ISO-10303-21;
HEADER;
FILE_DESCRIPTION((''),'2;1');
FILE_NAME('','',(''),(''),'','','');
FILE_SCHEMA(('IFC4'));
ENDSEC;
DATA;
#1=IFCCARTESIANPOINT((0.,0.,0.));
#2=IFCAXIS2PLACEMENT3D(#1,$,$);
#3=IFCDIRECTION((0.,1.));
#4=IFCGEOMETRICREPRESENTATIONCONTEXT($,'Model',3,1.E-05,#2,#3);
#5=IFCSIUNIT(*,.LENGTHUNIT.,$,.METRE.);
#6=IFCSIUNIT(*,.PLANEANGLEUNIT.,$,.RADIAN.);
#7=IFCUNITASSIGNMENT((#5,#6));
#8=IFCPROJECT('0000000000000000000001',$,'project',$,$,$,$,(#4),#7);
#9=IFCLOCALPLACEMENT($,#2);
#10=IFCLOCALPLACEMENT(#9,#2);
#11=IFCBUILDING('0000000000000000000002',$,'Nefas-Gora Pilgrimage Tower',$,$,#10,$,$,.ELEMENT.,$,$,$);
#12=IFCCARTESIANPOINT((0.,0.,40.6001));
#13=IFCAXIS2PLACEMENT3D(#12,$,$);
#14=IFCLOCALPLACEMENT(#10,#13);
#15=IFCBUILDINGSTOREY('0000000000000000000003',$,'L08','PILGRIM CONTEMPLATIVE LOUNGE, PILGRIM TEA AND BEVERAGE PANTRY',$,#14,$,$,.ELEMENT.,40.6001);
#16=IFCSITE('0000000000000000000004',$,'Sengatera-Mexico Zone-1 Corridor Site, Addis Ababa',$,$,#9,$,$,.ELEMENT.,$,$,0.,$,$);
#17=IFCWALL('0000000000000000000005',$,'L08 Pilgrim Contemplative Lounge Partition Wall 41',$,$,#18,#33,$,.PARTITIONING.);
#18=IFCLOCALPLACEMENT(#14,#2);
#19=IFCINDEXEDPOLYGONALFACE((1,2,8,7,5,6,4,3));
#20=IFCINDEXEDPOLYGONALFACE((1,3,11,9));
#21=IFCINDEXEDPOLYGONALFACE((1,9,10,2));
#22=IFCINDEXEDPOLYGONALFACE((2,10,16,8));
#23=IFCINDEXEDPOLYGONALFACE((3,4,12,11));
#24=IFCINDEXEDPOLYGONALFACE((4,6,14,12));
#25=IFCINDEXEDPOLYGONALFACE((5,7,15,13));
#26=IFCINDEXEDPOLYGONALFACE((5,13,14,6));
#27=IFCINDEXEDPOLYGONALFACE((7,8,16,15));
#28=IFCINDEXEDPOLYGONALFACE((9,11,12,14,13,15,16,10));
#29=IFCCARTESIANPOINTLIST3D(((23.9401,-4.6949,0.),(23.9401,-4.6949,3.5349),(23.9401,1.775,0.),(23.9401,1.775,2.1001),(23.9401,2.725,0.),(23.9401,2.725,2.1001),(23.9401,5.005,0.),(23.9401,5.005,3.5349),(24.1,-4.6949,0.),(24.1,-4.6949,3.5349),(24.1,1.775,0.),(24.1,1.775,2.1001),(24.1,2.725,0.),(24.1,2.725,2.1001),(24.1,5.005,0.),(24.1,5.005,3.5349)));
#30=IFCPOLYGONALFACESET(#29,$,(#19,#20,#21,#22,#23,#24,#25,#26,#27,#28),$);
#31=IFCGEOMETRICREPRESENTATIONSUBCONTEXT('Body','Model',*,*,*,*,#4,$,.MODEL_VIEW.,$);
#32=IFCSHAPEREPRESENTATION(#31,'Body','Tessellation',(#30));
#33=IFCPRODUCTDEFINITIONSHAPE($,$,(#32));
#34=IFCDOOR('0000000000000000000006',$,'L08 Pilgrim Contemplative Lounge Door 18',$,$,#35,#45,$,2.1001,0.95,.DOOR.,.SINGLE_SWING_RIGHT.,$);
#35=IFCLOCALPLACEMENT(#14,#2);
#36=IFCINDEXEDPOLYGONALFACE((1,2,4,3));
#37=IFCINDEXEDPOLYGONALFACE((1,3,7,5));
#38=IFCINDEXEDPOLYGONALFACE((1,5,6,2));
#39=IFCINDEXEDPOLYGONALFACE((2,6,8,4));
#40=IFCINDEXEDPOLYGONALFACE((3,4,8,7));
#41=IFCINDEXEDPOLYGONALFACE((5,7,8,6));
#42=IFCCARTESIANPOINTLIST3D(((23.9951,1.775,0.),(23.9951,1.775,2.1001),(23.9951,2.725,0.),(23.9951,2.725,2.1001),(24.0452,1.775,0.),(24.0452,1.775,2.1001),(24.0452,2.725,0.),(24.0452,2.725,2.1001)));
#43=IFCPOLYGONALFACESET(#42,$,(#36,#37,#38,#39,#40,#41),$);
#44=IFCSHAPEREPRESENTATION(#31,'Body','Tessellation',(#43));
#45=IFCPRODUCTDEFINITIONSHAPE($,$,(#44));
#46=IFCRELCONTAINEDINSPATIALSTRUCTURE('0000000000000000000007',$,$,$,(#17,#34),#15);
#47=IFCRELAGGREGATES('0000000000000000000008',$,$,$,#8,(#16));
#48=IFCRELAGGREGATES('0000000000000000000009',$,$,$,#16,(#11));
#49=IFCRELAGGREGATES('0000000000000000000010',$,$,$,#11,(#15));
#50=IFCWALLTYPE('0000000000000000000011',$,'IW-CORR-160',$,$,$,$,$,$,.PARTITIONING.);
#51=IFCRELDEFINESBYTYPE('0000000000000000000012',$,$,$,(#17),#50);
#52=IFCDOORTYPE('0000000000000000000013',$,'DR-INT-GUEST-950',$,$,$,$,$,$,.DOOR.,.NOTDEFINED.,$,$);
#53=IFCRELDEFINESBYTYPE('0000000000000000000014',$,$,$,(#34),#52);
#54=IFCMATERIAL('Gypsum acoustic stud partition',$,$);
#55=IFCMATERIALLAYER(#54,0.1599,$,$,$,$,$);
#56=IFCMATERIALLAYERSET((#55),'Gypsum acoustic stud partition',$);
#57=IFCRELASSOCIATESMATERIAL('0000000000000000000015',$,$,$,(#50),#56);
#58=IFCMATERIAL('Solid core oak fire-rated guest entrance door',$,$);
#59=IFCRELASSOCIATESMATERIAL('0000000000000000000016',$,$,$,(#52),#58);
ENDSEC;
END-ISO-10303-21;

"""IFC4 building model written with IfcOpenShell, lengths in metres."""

from ifc_helpers import new_model, si_unit, direction, frame, frame_2d, origin, place, context, subcontext, project, spatial, rectangle, extrude, source, transform, mapped, material, layer, layer_set, type_object, element, fill, save


model = new_model("IFC4")

# Units and contexts
model_context = context("Model", 3, precision=1e-05, world=origin(), true_north=direction((0.0, 1.0)))
body_context = subcontext(model_context, "Body", "Model", "MODEL_VIEW")
ifc_project = project(units=[si_unit("LENGTHUNIT", "METRE"), si_unit("PLANEANGLEUNIT", "RADIAN")], contexts=[model_context])

# Site, building, storey
site_placement = place(None, origin())
site = spatial("IfcSite", under=ifc_project, at=site_placement, Name="Sengatera-Mexico Zone-1 Corridor Site, Addis Ababa", CompositionType="ELEMENT", RefElevation=0.0)
building_placement = place(site_placement, origin())
building = spatial("IfcBuilding", under=site, at=building_placement, Name="Nefas-Gora Pilgrimage Tower", CompositionType="ELEMENT")
storey_placement = place(building_placement, frame((0.0, 0.0, 40.6001)))
storey = spatial("IfcBuildingStorey", under=building, at=storey_placement, Name="L08", Description="PILGRIM CONTEMPLATIVE LOUNGE, PILGRIM TEA AND BEVERAGE PANTRY", CompositionType="ELEMENT", Elevation=40.6001)

# Wall, opening, door
ifc_material_1 = material(Name="Gypsum acoustic stud partition")
ifc_layer_1 = layer(ifc_material_1, 0.1599)
ifc_layer_set_1 = layer_set([ifc_layer_1], Name="Gypsum acoustic stud partition")
wall_type_1 = type_object("IfcWallType", Name="IW-CORR-160", PredefinedType="PARTITIONING", material=ifc_layer_set_1)
shared_shape_1 = source(origin(), body_context, "Body", "SweptSolid", [
    extrude(rectangle(XDim=9.7, YDim=0.1599, at=frame_2d((4.8501, 0.0))), origin(), (0.0, 0.0, 1.0), 3.5349),
])
wall_1_placement = place(storey_placement, frame((24.02, -4.6951, 0.0), z_axis=(0.0, 0.0, 1.0), x_axis=(0.0, 1.0, 0.0)))
wall_1 = element("IfcWall", 1, at=wall_1_placement, inside=storey, type_object=wall_type_1, Name="L08 Pilgrim Contemplative Lounge Partition Wall 41", PredefinedType="PARTITIONING", context=body_context, shape_type="MappedRepresentation", body=[
    mapped(shared_shape_1, transform((0.0, 0.0, 0.0), x_axis=(1.0, 0.0, 0.0), y_axis=(0.0, 1.0, 0.0), z_axis=(0.0, 0.0, 1.0), scale=1.0)),
])
opening_1_placement = place(wall_1_placement, frame((6.47, 0.0, 0.0)))
opening_1 = element("IfcOpeningElement", 2, at=opening_1_placement, cuts=wall_1, PredefinedType="OPENING", context=body_context, shape_type="SweptSolid", body=[
    extrude(rectangle(XDim=0.95, YDim=2.1001, at=frame_2d((0.4751, 1.05))), frame((0.0, 0.0898, 0.0), z_axis=(0.0, -1.0, 0.0), x_axis=(1.0, 0.0, 0.0)), (0.0, 0.0, 1.0), 0.1799),
])
ifc_material_2 = material(Name="Solid core oak fire-rated guest entrance door")
door_type = type_object("IfcDoorType", Name="DR-INT-GUEST-950", OperationType="NOTDEFINED", PredefinedType="DOOR", material=ifc_material_2)
shared_shape_2 = source(origin(), body_context, "Body", "SweptSolid", [
    extrude(rectangle(XDim=0.95, YDim=2.1001, at=frame_2d((0.4751, 1.05))), frame((0.0, 0.0249, 0.0), z_axis=(0.0, -1.0, 0.0), x_axis=(1.0, 0.0, 0.0)), (0.0, 0.0, 1.0), 0.05),
])
door_placement = place(opening_1_placement, origin())
door = element("IfcDoor", 3, at=door_placement, inside=storey, type_object=door_type, Name="L08 Pilgrim Contemplative Lounge Door 18", OperationType="SINGLE_SWING_RIGHT", OverallHeight=2.1001, OverallWidth=0.95, PredefinedType="DOOR", context=body_context, shape_type="MappedRepresentation", body=[
    mapped(shared_shape_2, transform((0.0, 0.0, 0.0), x_axis=(1.0, 0.0, 0.0), y_axis=(0.0, 1.0, 0.0), z_axis=(0.0, 0.0, 1.0), scale=1.0)),
])
fill(opening_1, door)

save(model, "model.ifc")
